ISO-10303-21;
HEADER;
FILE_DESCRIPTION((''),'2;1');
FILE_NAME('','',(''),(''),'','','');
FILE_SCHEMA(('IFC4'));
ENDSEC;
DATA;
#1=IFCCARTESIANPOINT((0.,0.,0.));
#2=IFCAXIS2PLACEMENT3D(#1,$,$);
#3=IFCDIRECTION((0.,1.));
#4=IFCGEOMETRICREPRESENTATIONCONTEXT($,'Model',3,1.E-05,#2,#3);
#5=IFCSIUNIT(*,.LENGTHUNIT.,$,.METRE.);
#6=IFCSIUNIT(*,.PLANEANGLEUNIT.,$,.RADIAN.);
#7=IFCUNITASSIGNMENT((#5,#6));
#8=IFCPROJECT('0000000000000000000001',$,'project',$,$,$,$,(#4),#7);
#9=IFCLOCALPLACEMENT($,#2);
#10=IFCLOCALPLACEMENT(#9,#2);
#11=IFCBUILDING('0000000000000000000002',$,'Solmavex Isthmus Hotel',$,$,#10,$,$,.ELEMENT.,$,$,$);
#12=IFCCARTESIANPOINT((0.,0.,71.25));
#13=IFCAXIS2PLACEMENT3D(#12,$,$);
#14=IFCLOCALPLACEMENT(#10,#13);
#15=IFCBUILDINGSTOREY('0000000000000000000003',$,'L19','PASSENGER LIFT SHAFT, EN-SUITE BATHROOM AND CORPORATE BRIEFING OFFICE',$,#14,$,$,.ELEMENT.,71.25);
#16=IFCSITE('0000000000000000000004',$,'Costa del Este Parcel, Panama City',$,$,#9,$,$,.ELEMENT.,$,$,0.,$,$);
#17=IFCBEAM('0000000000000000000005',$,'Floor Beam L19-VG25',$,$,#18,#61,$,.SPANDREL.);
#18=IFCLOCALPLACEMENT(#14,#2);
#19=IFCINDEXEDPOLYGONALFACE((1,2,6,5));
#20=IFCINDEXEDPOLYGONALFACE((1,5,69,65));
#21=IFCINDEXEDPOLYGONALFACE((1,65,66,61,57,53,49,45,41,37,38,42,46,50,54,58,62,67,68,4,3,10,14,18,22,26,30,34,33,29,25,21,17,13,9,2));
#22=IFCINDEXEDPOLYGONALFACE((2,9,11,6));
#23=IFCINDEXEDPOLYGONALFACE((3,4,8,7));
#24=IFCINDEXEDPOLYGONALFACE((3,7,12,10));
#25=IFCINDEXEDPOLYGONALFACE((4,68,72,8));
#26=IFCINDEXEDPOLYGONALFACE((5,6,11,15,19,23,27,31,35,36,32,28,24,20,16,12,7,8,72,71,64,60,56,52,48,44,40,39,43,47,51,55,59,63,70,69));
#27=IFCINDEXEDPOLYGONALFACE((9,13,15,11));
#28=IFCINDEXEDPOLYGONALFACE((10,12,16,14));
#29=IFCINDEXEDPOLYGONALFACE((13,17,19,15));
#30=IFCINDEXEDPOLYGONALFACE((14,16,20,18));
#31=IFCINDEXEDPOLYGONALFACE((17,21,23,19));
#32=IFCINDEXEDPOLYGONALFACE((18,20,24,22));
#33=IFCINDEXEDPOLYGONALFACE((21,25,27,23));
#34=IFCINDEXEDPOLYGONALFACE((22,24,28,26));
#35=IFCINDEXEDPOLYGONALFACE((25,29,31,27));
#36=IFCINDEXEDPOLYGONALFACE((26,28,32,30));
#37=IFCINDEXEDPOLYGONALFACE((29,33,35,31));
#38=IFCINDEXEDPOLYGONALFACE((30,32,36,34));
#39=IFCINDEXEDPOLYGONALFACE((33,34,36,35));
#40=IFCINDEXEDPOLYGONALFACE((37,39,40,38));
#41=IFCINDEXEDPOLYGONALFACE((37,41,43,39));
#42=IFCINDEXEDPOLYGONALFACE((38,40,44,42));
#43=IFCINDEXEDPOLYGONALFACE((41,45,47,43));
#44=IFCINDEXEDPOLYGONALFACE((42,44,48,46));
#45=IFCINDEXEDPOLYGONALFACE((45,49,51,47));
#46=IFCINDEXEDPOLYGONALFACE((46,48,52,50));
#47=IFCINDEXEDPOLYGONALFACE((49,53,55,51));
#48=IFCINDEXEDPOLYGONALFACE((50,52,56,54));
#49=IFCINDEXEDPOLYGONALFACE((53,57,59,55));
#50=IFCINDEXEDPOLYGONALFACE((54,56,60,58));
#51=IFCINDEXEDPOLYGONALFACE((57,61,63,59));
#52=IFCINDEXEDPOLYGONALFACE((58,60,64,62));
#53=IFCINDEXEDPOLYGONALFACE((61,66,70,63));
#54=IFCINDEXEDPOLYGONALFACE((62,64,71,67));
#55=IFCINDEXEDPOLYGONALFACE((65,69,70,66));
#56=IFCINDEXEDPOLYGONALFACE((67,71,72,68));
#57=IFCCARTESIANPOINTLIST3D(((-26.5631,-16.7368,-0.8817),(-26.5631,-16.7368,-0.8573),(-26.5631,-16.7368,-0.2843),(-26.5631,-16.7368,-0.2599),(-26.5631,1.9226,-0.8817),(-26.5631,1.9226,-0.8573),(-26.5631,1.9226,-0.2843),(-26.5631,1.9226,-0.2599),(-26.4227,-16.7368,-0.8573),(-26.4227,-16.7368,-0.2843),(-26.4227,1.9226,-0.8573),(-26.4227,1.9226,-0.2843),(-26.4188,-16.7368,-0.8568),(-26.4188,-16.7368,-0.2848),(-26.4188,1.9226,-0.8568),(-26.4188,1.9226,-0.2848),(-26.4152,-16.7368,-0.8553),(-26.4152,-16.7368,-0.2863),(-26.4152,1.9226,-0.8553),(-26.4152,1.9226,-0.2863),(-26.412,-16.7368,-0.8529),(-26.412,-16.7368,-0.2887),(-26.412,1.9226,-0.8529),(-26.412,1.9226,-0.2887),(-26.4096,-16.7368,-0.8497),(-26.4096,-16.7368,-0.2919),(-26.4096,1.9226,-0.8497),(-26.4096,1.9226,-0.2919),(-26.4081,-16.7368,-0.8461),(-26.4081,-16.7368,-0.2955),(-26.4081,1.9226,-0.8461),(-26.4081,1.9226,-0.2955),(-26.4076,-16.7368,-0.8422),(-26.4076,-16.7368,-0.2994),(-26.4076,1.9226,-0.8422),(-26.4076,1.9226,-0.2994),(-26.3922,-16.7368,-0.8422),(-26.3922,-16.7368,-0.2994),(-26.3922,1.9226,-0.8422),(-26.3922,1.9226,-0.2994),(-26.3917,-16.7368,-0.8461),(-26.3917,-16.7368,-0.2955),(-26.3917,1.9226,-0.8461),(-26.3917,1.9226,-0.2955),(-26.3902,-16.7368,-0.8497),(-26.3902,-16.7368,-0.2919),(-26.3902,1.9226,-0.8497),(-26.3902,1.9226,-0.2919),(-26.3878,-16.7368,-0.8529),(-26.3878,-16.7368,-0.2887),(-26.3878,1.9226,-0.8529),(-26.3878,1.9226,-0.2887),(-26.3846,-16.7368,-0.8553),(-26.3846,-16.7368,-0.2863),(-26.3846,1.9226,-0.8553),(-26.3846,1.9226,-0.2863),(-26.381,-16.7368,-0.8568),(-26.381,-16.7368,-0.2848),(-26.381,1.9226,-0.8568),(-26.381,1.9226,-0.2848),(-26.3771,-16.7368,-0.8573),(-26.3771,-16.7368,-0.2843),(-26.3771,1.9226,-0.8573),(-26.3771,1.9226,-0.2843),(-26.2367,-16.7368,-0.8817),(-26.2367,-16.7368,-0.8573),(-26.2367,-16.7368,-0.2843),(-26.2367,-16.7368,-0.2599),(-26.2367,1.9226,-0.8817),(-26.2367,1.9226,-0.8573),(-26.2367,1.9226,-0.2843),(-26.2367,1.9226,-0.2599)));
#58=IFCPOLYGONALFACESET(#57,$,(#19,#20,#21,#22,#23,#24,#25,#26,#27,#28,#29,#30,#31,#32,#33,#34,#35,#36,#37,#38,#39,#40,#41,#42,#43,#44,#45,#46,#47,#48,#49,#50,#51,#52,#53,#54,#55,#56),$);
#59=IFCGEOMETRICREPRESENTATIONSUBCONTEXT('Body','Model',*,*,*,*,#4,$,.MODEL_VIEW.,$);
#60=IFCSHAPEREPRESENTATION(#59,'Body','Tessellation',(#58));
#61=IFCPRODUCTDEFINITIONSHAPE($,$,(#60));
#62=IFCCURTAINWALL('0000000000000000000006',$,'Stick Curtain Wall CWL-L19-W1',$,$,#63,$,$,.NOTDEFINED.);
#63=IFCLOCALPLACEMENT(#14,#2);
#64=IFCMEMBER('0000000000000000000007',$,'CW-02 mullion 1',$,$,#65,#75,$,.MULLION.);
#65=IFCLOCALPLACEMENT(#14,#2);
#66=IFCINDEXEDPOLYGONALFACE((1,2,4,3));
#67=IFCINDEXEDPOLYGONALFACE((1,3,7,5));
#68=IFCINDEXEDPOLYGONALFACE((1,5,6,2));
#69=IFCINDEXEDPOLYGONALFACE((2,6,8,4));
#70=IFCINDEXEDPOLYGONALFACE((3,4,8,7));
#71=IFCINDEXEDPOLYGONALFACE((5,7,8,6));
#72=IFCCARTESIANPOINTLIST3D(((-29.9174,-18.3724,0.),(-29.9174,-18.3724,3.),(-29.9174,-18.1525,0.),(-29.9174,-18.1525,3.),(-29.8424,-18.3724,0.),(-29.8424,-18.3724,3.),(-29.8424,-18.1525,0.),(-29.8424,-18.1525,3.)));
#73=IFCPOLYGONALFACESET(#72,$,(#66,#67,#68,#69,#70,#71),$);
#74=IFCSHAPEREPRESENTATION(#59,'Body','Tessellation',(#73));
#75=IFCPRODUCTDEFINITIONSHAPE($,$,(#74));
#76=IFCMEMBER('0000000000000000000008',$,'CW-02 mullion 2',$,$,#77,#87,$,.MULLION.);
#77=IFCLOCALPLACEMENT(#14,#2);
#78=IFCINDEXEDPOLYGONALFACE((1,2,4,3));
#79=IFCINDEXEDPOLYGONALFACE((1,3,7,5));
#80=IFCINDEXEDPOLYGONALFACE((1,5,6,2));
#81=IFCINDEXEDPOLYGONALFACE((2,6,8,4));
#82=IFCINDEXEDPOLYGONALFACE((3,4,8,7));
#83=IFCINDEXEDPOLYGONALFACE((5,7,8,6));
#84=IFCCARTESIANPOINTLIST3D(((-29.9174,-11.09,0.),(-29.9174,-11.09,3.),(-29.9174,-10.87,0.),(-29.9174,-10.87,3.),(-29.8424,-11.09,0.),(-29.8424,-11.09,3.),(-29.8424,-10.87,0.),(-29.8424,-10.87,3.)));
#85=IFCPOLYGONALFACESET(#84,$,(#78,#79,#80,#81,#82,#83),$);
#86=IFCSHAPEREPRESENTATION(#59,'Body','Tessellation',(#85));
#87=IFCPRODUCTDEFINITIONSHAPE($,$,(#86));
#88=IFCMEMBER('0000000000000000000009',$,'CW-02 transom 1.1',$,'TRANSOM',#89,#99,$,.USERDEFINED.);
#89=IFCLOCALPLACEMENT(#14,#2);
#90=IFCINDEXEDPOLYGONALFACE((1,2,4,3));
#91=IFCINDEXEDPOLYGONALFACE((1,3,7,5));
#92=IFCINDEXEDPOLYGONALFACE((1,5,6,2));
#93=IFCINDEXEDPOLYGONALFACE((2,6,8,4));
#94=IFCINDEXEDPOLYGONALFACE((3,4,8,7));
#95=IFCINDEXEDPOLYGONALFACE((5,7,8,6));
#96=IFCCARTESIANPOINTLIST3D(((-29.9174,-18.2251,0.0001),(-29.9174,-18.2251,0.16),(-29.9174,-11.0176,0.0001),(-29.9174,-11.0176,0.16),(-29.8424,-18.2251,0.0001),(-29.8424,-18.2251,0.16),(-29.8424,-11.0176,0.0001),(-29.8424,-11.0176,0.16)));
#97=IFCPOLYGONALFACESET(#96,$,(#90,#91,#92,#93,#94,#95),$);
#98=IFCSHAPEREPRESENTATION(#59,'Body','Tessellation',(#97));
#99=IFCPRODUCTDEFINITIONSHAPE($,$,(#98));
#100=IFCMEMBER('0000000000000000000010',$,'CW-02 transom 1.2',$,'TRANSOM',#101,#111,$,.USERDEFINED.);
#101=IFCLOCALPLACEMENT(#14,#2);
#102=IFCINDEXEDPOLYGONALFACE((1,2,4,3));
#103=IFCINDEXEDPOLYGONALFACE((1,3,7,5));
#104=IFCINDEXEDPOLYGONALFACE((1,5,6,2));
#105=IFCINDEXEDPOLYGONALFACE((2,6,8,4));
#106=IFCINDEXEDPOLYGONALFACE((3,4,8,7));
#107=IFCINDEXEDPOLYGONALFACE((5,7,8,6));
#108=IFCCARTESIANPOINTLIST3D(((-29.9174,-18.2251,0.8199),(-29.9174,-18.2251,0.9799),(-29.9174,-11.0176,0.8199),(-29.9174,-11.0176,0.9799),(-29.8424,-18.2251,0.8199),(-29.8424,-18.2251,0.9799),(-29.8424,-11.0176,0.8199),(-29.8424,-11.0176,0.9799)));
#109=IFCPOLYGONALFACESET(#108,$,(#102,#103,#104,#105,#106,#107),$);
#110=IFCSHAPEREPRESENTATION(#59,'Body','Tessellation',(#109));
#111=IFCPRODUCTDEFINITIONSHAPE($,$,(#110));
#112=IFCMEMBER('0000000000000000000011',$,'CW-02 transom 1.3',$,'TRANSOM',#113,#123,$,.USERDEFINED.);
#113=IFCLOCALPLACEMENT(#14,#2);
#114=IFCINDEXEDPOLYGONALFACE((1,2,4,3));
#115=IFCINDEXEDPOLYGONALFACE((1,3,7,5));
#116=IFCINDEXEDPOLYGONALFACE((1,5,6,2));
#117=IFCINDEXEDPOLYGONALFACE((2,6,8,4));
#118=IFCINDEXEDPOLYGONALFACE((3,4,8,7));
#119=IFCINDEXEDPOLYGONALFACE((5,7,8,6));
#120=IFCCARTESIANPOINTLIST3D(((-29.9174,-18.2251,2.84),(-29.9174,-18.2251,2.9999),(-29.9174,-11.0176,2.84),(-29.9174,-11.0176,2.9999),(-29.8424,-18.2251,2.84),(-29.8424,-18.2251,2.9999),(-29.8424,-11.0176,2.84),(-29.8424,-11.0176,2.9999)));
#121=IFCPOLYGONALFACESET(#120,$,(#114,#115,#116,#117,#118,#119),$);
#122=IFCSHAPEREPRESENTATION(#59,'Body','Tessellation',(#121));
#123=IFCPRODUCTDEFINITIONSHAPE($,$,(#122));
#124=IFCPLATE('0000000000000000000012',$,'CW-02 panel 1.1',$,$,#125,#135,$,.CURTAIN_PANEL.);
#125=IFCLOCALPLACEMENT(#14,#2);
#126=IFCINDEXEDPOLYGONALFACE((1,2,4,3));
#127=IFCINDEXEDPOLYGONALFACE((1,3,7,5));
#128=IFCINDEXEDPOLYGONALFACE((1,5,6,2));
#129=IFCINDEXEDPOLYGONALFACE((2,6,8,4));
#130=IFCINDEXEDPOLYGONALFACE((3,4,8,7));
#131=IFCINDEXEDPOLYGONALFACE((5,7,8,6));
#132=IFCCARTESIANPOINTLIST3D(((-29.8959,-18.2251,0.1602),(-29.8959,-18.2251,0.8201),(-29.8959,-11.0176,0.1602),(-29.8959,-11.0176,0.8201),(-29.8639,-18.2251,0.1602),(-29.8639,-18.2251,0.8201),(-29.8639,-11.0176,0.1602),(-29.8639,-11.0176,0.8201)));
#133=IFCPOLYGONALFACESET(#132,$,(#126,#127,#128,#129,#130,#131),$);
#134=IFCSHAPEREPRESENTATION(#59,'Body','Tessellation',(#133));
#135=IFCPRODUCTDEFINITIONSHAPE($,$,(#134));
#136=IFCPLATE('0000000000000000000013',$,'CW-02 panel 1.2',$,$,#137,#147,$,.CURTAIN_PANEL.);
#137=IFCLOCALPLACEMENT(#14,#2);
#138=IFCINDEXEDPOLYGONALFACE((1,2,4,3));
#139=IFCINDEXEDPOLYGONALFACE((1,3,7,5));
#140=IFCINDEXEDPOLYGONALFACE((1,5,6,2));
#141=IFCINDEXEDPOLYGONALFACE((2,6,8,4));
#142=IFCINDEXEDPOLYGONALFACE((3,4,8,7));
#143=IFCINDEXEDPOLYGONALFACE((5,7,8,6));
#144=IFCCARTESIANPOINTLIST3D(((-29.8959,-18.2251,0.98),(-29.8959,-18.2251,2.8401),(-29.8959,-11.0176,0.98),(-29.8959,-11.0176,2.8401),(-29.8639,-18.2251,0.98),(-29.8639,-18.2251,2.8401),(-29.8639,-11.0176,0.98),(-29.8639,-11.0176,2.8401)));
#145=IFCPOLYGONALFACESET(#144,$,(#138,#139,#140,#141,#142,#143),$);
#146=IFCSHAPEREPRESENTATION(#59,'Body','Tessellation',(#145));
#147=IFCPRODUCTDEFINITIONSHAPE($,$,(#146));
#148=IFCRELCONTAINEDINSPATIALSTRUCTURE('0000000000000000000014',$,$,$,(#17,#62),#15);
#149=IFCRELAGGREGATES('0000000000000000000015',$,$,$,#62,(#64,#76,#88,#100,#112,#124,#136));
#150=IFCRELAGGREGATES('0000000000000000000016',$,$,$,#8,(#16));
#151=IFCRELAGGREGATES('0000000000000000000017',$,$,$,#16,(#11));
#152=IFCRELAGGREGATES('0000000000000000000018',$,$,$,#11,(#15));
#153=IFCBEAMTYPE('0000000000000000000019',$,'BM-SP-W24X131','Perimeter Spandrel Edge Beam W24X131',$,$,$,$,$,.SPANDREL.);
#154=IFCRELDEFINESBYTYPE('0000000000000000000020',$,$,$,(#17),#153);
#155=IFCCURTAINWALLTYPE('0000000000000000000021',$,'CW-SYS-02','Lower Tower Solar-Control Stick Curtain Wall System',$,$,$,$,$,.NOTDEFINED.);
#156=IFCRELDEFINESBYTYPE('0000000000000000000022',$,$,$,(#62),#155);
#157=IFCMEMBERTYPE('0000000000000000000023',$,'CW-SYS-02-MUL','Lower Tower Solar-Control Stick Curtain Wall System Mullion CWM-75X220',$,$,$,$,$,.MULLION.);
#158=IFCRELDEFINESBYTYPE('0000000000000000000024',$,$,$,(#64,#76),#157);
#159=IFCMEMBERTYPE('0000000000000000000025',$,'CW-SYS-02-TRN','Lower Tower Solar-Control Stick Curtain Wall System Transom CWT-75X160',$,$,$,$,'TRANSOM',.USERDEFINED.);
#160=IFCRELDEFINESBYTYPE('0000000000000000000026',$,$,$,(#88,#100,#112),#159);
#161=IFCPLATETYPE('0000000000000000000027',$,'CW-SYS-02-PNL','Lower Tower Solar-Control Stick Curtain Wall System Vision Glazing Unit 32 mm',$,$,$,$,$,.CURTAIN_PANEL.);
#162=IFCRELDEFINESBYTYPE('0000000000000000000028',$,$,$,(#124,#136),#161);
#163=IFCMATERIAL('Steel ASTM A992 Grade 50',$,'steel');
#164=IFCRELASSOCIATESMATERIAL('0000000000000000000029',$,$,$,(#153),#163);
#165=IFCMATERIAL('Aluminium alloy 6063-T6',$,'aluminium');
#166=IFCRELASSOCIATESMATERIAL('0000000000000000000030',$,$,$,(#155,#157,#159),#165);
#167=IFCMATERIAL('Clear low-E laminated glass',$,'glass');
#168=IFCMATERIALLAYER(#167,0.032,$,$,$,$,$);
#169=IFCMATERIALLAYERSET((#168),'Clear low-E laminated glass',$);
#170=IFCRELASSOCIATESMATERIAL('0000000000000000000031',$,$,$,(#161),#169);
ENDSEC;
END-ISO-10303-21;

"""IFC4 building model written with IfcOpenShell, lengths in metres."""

from ifc_helpers import new_model, si_unit, direction, frame, origin, origin_2d, place, context, subcontext, project, spatial, rectangle, i_section, extrude, material, layer, layer_set, material_profile, profile_set, type_object, element, aggregate, save


model = new_model("IFC4")

# Units and contexts
model_context = context("Model", 3, precision=1e-05, world=origin(), true_north=direction((0.0, 1.0)))
body_context = subcontext(model_context, "Body", "Model", "MODEL_VIEW")
ifc_project = project(units=[si_unit("LENGTHUNIT", "METRE"), si_unit("PLANEANGLEUNIT", "RADIAN")], contexts=[model_context])

# Site, building, storey
site_placement = place(None, origin())
site = spatial("IfcSite", under=ifc_project, at=site_placement, Name="Costa del Este Parcel, Panama City", CompositionType="ELEMENT", RefElevation=0.0)
building_placement = place(site_placement, origin())
building = spatial("IfcBuilding", under=site, at=building_placement, Name="Solmavex Isthmus Hotel", CompositionType="ELEMENT")
storey_placement = place(building_placement, frame((0.0, 0.0, 71.25)))
storey = spatial("IfcBuildingStorey", under=building, at=storey_placement, Name="L19", Description="PASSENGER LIFT SHAFT, EN-SUITE BATHROOM AND CORPORATE BRIEFING OFFICE", CompositionType="ELEMENT", Elevation=71.25)

# Beam
ifc_material_1 = material(Name="Steel ASTM A992 Grade 50", Category="steel")
ifc_material_profile_1 = material_profile(ifc_material_1, i_section(OverallWidth=0.3264, OverallDepth=0.6218, WebThickness=0.0154, FlangeThickness=0.0244, FilletRadius=0.0151, at=origin_2d()), Name="W24X131")
ifc_profile_set_1 = profile_set([ifc_material_profile_1], Name="Steel ASTM A992 Grade 50")
beam_type_1 = type_object("IfcBeamType", Name="BM-SP-W24X131", Description="Perimeter Spandrel Edge Beam W24X131", PredefinedType="SPANDREL", material=ifc_profile_set_1)
beam_1_placement = place(storey_placement, frame((-26.3999, -16.7368, -0.5708), z_axis=(0.0, 1.0, 0.0), x_axis=(-1.0, 0.0, 0.0)))
element("IfcBeam", 1, at=beam_1_placement, inside=storey, type_object=beam_type_1, Name="Floor Beam L19-VG25", PredefinedType="SPANDREL", context=body_context, shape_type="SweptSolid", body=[
    extrude(i_section(OverallWidth=0.3264, OverallDepth=0.6218, WebThickness=0.0154, FlangeThickness=0.0244, FilletRadius=0.0151, at=origin_2d()), origin(), (0.0, 0.0, 1.0), 18.6594),
])

# Curtain wall, members, plates
ifc_material_2 = material(Name="Aluminium alloy 6063-T6", Category="aluminium")
curtain_wall_type = type_object("IfcCurtainWallType", Name="CW-SYS-02", Description="Lower Tower Solar-Control Stick Curtain Wall System", PredefinedType="NOTDEFINED", material=ifc_material_2)
curtain_wall_placement = place(storey_placement, origin())
curtain_wall = element("IfcCurtainWall", 2, at=curtain_wall_placement, inside=storey, type_object=curtain_wall_type, Name="Stick Curtain Wall CWL-L19-W1", PredefinedType="NOTDEFINED")
ifc_material_profile_2 = material_profile(ifc_material_2, rectangle(XDim=0.075, YDim=0.22, at=origin_2d()), Name="CWM-75X220")
ifc_profile_set_2 = profile_set([ifc_material_profile_2], Name="Aluminium alloy 6063-T6")
member_type_1 = type_object("IfcMemberType", Name="CW-SYS-02-MUL", Description="Lower Tower Solar-Control Stick Curtain Wall System Mullion CWM-75X220", PredefinedType="MULLION", material=ifc_profile_set_2)
member_1_placement = place(storey_placement, frame((-29.8799, -18.2625, 0.0), z_axis=(0.0, 0.0, 1.0), x_axis=(-1.0, 0.0, 0.0)))
member_1 = element("IfcMember", 3, at=member_1_placement, type_object=member_type_1, Name="CW-02 mullion 1", PredefinedType="MULLION", context=body_context, shape_type="SweptSolid", body=[
    extrude(rectangle(XDim=0.075, YDim=0.22, at=origin_2d()), origin(), (0.0, 0.0, 1.0), 3.0),
])
member_2_placement = place(storey_placement, frame((-29.8799, -10.98, 0.0), z_axis=(0.0, 0.0, 1.0), x_axis=(-1.0, 0.0, 0.0)))
member_2 = element("IfcMember", 4, at=member_2_placement, type_object=member_type_1, Name="CW-02 mullion 2", PredefinedType="MULLION", context=body_context, shape_type="SweptSolid", body=[
    extrude(rectangle(XDim=0.075, YDim=0.22, at=origin_2d()), origin(), (0.0, 0.0, 1.0), 3.0),
])
ifc_material_profile_3 = material_profile(ifc_material_2, rectangle(XDim=0.075, YDim=0.1599, at=origin_2d()), Name="CWT-75X160")
ifc_profile_set_3 = profile_set([ifc_material_profile_3], Name="Aluminium alloy 6063-T6")
member_type_2 = type_object("IfcMemberType", Name="CW-SYS-02-TRN", Description="Lower Tower Solar-Control Stick Curtain Wall System Transom CWT-75X160", ElementType="TRANSOM", PredefinedType="USERDEFINED", material=ifc_profile_set_3)
member_3_placement = place(storey_placement, frame((-29.8799, -18.2251, 0.0801), z_axis=(0.0, 1.0, 0.0), x_axis=(-1.0, 0.0, 0.0)))
member_3 = element("IfcMember", 5, at=member_3_placement, type_object=member_type_2, Name="CW-02 transom 1.1", ObjectType="TRANSOM", PredefinedType="USERDEFINED", context=body_context, shape_type="SweptSolid", body=[
    extrude(rectangle(XDim=0.075, YDim=0.1599, at=origin_2d()), origin(), (0.0, 0.0, 1.0), 7.2075),
])
member_4_placement = place(storey_placement, frame((-29.8799, -18.2251, 0.8999), z_axis=(0.0, 1.0, 0.0), x_axis=(-1.0, 0.0, 0.0)))
member_4 = element("IfcMember", 6, at=member_4_placement, type_object=member_type_2, Name="CW-02 transom 1.2", ObjectType="TRANSOM", PredefinedType="USERDEFINED", context=body_context, shape_type="SweptSolid", body=[
    extrude(rectangle(XDim=0.075, YDim=0.1599, at=origin_2d()), origin(), (0.0, 0.0, 1.0), 7.2075),
])
member_5_placement = place(storey_placement, frame((-29.8799, -18.2251, 2.9199), z_axis=(0.0, 1.0, 0.0), x_axis=(-1.0, 0.0, 0.0)))
member_5 = element("IfcMember", 7, at=member_5_placement, type_object=member_type_2, Name="CW-02 transom 1.3", ObjectType="TRANSOM", PredefinedType="USERDEFINED", context=body_context, shape_type="SweptSolid", body=[
    extrude(rectangle(XDim=0.075, YDim=0.1599, at=origin_2d()), origin(), (0.0, 0.0, 1.0), 7.2075),
])
ifc_material_3 = material(Name="Clear low-E laminated glass", Category="glass")
ifc_layer_1 = layer(ifc_material_3, 0.032)
ifc_layer_set_1 = layer_set([ifc_layer_1], Name="Clear low-E laminated glass")
plate_type = type_object("IfcPlateType", Name="CW-SYS-02-PNL", Description="Lower Tower Solar-Control Stick Curtain Wall System Vision Glazing Unit 32 mm", PredefinedType="CURTAIN_PANEL", material=ifc_layer_set_1)
plate_1_placement = place(storey_placement, frame((-29.8799, -14.6213, 0.1602), z_axis=(0.0, 0.0, 1.0), x_axis=(0.0, 1.0, 0.0)))
plate_1 = element("IfcPlate", 8, at=plate_1_placement, type_object=plate_type, Name="CW-02 panel 1.1", PredefinedType="CURTAIN_PANEL", context=body_context, shape_type="SweptSolid", body=[
    extrude(rectangle(XDim=7.2075, YDim=0.032, at=origin_2d()), origin(), (0.0, 0.0, 1.0), 0.6599),
])
plate_2_placement = place(storey_placement, frame((-29.8799, -14.6213, 0.98), z_axis=(0.0, 0.0, 1.0), x_axis=(0.0, 1.0, 0.0)))
plate_2 = element("IfcPlate", 9, at=plate_2_placement, type_object=plate_type, Name="CW-02 panel 1.2", PredefinedType="CURTAIN_PANEL", context=body_context, shape_type="SweptSolid", body=[
    extrude(rectangle(XDim=7.2075, YDim=0.032, at=origin_2d()), origin(), (0.0, 0.0, 1.0), 1.8601),
])
aggregate(curtain_wall, [member_1, member_2, member_3, member_4, member_5, plate_1, plate_2])

save(model, "model.ifc")
